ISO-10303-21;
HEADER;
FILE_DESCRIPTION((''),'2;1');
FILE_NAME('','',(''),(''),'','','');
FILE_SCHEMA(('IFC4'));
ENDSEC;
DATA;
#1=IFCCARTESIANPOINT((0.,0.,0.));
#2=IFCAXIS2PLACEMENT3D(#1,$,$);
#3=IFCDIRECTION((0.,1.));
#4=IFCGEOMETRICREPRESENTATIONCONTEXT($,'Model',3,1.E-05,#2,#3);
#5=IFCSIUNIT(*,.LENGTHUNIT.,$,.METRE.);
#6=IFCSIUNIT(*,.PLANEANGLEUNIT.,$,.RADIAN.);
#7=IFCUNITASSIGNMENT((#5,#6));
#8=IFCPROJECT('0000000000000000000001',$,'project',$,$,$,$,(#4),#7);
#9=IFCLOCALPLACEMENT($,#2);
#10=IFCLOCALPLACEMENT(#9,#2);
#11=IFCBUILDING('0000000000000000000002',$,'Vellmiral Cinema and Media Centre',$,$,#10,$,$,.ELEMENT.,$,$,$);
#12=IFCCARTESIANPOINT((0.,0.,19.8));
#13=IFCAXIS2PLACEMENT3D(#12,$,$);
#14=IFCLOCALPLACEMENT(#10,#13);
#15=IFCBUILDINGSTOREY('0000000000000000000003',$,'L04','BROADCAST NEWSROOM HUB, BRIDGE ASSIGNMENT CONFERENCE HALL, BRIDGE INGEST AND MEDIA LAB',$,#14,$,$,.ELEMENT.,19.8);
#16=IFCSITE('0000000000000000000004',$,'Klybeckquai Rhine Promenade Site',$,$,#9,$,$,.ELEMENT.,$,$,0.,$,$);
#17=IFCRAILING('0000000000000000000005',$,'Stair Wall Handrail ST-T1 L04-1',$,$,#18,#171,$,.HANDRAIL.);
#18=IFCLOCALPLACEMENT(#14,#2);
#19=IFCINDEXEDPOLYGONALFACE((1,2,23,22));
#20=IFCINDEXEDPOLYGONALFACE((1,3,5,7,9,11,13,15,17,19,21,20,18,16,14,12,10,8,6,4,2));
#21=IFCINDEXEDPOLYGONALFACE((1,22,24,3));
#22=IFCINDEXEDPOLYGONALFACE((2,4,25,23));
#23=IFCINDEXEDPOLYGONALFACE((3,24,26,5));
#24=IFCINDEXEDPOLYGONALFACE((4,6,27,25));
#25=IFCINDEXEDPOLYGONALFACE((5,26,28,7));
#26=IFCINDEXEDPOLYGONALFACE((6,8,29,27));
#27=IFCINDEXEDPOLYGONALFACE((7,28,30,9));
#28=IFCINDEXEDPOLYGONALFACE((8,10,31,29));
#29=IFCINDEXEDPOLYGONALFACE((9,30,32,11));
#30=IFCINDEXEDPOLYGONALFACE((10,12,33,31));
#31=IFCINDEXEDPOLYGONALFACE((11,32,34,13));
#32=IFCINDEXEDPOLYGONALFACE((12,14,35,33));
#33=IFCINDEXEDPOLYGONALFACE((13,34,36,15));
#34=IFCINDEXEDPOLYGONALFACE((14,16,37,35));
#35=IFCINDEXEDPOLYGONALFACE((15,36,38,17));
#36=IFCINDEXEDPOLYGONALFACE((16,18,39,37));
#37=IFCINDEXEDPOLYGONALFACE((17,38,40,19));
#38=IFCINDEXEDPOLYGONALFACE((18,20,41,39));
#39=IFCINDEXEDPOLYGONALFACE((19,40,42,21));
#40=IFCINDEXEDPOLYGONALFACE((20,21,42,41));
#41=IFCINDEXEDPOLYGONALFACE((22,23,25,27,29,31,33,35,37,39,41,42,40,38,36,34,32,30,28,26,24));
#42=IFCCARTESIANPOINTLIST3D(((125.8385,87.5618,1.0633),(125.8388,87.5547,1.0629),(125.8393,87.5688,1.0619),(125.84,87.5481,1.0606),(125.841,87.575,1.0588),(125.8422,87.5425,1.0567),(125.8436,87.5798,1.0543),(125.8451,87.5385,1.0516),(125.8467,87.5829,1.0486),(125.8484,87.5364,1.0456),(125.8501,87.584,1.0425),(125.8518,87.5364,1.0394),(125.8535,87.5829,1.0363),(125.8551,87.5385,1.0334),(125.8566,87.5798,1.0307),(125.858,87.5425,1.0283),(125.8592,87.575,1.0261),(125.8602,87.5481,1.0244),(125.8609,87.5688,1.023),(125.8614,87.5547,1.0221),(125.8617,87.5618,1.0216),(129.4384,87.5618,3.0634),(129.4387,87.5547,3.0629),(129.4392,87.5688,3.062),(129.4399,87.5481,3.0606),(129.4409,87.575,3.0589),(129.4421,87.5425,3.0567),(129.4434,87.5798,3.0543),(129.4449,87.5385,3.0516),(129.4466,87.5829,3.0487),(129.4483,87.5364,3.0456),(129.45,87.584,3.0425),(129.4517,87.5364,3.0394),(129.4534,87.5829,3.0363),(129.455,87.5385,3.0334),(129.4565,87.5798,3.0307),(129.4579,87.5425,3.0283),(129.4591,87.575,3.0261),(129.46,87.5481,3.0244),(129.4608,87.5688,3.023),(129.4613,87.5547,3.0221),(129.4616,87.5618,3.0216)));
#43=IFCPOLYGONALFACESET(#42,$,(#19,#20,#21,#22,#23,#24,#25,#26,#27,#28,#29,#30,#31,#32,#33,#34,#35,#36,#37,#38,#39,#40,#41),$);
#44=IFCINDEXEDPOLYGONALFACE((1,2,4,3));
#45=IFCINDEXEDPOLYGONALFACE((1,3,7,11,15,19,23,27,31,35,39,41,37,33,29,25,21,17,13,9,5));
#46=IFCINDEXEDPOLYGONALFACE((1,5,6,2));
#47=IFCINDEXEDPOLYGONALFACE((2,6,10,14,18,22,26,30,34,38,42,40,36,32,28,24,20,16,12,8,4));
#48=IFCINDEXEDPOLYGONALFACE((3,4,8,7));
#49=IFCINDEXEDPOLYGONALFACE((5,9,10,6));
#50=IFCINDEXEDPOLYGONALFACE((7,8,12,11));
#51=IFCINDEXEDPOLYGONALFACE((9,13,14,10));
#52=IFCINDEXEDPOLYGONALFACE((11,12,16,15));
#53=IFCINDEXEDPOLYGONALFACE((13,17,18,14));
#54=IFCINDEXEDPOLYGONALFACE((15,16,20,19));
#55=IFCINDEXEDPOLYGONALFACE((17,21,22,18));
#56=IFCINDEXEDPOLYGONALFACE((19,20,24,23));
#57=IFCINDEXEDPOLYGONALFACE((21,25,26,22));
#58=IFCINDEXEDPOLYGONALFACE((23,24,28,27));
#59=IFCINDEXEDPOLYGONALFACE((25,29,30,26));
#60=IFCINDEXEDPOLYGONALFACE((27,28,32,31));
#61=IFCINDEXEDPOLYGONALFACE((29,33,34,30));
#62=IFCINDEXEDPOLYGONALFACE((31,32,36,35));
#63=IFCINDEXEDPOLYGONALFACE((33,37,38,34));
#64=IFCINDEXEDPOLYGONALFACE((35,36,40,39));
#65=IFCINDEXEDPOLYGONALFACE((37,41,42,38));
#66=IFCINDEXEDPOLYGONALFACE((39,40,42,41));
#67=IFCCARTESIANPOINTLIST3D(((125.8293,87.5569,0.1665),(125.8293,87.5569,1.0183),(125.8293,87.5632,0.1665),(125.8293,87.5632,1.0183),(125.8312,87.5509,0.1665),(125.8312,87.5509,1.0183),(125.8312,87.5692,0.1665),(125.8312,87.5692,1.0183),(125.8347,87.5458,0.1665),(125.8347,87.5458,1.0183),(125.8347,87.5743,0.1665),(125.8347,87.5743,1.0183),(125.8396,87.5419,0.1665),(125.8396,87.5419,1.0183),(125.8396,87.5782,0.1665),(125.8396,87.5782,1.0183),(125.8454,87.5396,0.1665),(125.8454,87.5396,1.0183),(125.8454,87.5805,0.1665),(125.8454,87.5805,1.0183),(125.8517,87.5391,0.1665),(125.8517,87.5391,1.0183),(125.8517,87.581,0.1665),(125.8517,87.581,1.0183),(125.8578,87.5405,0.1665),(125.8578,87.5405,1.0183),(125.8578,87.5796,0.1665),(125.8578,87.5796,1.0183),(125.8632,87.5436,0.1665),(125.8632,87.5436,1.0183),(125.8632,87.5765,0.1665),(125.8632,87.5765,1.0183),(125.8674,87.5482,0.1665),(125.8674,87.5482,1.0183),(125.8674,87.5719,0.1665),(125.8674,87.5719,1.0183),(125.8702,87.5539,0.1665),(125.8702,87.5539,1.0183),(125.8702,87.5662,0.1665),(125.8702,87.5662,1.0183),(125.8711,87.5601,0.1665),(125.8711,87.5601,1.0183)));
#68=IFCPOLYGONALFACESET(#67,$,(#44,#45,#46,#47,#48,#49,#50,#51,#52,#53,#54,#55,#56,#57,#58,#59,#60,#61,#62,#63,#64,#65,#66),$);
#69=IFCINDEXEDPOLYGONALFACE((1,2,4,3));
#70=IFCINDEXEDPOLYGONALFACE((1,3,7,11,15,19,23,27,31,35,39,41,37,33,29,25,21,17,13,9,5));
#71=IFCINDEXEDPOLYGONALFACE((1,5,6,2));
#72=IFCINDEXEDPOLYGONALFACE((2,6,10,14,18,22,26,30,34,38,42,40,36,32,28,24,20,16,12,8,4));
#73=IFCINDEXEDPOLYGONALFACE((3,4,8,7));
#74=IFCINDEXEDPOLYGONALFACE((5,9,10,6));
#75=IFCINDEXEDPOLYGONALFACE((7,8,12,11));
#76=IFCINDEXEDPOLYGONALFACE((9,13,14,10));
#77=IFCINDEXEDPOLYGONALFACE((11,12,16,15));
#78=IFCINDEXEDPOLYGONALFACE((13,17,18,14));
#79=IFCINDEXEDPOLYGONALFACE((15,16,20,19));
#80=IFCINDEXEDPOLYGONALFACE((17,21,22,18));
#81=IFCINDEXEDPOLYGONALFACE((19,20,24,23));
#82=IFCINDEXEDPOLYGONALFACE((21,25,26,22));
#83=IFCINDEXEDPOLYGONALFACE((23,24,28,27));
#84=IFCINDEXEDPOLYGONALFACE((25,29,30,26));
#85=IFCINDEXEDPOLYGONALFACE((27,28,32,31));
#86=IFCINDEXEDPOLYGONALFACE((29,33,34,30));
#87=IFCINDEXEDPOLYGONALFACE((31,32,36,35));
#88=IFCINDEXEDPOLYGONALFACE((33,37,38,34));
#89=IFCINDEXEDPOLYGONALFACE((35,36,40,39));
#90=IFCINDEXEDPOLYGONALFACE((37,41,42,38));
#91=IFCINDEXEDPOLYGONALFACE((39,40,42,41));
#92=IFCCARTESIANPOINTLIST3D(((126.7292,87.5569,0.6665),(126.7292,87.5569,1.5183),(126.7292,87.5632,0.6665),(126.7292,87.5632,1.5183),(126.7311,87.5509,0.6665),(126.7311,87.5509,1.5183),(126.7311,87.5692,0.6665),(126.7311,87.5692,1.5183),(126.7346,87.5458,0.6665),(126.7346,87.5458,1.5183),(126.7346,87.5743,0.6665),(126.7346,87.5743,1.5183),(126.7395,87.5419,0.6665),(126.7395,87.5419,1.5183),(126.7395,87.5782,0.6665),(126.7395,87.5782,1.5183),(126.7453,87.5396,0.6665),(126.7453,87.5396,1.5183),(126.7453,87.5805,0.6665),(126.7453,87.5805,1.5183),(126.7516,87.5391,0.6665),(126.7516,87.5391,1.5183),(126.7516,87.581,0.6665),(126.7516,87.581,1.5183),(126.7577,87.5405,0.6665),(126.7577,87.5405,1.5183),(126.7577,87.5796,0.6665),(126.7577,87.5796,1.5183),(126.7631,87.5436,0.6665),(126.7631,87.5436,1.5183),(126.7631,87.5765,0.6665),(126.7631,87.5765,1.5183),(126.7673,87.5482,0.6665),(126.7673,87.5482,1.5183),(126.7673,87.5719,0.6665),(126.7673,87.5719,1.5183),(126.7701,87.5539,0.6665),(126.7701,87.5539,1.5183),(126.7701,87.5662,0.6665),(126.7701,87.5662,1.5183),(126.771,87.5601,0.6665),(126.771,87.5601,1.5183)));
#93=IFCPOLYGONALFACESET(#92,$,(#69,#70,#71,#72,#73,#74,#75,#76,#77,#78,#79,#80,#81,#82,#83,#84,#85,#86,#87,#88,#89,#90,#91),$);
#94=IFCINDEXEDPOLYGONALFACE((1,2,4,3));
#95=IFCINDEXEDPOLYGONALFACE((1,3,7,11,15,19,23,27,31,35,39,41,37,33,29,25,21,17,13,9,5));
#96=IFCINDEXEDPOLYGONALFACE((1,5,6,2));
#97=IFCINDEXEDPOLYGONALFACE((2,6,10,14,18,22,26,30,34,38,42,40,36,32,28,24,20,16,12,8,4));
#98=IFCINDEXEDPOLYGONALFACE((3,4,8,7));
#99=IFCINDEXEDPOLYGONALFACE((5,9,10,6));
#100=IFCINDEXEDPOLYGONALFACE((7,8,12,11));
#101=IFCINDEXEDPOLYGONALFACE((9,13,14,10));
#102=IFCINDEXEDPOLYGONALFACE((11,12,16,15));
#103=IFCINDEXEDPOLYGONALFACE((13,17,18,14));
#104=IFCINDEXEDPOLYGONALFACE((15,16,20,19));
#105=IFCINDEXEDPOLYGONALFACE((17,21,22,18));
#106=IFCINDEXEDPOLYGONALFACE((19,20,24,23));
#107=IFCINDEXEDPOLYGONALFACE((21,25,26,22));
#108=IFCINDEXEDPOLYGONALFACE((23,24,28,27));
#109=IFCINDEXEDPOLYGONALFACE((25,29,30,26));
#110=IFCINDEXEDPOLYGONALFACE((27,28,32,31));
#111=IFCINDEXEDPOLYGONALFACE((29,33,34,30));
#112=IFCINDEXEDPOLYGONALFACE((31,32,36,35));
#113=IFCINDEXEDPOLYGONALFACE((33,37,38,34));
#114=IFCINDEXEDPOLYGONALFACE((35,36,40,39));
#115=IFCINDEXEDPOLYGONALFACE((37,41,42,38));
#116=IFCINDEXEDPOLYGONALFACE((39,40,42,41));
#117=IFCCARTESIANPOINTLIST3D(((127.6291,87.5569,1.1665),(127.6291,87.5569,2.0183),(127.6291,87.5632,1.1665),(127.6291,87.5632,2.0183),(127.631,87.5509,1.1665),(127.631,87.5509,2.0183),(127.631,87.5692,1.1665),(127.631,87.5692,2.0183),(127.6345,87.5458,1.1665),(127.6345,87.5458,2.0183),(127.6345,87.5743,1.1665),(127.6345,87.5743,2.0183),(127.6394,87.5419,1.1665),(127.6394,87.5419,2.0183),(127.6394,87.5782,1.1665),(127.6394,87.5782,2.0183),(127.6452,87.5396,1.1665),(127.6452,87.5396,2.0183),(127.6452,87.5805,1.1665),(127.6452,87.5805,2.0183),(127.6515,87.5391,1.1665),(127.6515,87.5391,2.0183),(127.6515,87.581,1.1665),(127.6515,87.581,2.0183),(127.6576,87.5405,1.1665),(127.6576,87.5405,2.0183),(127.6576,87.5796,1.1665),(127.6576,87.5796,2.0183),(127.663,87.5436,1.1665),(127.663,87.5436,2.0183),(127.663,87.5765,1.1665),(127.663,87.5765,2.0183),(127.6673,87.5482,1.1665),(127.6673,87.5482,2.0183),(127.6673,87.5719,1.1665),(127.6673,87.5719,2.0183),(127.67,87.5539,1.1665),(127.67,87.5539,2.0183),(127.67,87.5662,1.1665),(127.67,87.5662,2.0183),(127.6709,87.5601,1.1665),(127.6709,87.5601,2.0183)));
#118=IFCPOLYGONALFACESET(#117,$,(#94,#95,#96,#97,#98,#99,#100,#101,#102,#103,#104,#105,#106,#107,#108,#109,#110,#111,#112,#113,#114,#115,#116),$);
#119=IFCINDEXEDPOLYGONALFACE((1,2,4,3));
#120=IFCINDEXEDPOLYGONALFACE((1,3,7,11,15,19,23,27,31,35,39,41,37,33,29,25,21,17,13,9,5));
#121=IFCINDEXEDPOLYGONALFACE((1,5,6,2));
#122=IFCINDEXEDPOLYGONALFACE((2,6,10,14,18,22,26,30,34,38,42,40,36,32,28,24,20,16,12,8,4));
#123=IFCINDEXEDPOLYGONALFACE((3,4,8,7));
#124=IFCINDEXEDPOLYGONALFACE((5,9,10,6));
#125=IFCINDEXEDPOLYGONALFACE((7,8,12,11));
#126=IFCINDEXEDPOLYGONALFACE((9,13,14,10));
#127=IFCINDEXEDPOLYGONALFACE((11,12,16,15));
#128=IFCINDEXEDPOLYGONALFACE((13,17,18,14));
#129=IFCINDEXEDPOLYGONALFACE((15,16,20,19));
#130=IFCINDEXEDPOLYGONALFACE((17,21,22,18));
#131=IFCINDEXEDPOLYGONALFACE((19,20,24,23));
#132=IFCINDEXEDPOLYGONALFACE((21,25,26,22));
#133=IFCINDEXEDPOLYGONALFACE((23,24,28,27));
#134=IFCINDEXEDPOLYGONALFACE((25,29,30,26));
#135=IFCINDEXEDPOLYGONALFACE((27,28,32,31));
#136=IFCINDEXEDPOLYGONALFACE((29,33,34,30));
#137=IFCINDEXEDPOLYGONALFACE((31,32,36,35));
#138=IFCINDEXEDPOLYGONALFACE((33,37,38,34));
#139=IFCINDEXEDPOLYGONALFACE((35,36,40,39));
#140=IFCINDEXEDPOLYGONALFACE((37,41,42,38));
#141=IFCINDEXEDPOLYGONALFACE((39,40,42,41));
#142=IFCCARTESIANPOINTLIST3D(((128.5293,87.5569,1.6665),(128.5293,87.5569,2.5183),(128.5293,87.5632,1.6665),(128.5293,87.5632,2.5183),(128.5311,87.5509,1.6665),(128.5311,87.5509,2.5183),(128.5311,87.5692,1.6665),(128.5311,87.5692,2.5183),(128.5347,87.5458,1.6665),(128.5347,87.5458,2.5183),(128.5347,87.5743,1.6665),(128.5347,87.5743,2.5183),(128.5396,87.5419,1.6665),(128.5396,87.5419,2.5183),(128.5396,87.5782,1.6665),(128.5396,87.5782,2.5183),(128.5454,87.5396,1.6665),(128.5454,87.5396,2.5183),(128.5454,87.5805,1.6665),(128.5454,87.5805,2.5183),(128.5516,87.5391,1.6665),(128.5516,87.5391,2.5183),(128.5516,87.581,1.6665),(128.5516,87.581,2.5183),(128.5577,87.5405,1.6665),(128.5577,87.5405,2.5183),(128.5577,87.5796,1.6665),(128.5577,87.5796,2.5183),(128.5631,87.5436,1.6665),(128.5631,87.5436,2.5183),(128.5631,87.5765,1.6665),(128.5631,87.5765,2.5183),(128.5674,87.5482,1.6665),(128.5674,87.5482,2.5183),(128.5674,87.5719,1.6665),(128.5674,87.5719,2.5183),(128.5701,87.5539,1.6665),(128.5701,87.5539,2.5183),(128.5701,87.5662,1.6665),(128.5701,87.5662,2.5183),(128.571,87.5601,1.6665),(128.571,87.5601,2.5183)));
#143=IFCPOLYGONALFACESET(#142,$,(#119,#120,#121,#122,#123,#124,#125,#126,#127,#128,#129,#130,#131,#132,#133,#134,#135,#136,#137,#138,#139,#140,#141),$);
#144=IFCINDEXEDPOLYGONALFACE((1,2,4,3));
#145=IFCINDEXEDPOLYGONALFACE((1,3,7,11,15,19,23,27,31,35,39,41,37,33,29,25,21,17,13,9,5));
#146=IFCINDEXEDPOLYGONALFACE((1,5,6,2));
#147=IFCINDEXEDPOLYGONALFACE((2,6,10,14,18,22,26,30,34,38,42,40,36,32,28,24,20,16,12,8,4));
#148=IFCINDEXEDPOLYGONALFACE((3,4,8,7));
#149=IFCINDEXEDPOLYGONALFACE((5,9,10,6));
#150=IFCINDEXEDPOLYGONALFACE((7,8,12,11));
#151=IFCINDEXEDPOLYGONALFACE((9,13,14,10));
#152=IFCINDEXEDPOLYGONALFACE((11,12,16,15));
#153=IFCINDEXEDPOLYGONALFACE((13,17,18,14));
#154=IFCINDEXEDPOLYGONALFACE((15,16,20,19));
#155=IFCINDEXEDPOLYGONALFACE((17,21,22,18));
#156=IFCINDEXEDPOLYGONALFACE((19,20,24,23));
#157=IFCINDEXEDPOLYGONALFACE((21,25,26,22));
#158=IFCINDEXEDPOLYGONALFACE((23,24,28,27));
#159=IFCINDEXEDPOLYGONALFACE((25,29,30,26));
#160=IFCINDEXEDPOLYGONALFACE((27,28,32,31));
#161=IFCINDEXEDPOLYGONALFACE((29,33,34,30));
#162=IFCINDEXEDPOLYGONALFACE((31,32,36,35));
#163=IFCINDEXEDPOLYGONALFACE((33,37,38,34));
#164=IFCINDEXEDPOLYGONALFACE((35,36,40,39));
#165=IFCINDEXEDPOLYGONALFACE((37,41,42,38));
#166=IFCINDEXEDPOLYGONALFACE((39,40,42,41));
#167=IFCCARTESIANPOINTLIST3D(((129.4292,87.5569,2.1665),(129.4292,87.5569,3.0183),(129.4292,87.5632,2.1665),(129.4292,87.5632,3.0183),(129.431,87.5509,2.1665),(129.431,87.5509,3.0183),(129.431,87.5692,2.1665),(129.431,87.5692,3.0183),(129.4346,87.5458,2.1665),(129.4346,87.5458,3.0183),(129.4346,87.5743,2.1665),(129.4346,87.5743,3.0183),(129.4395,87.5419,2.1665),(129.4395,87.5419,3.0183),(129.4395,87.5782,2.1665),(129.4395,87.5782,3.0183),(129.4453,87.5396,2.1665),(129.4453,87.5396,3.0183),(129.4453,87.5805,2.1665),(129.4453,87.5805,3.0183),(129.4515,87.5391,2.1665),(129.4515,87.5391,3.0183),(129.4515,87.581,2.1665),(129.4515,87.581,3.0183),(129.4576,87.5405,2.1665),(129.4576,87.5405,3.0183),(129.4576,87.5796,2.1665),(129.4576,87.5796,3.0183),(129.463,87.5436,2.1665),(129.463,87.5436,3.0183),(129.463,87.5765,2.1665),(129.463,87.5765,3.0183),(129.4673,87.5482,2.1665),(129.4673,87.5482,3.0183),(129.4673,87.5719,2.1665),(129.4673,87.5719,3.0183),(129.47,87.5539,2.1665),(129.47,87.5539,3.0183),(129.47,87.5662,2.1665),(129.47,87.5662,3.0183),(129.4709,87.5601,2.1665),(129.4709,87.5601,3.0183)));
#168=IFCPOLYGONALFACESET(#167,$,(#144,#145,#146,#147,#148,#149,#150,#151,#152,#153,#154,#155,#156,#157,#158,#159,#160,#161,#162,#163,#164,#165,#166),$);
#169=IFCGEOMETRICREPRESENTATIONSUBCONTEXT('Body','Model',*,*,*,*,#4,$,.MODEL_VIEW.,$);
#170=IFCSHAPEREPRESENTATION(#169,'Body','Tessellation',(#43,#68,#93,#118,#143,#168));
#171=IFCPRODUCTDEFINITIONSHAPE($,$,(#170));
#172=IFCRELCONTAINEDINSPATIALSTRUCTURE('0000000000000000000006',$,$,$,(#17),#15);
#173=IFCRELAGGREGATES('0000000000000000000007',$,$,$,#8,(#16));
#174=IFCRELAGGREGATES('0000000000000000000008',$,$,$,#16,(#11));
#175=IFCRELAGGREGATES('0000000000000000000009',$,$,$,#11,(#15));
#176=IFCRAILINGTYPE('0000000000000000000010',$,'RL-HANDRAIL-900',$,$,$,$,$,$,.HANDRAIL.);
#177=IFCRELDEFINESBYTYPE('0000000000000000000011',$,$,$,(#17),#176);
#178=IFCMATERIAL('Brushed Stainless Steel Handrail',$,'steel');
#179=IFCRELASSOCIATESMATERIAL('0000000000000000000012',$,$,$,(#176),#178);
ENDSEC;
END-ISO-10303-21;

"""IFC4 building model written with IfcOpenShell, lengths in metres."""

from ifc_helpers import new_model, si_unit, direction, frame, origin, origin_2d, place, context, subcontext, project, spatial, circle, extrude, material, type_object, element, save


model = new_model("IFC4")

# Units and contexts
model_context = context("Model", 3, precision=1e-05, world=origin(), true_north=direction((0.0, 1.0)))
body_context = subcontext(model_context, "Body", "Model", "MODEL_VIEW")
ifc_project = project(units=[si_unit("LENGTHUNIT", "METRE"), si_unit("PLANEANGLEUNIT", "RADIAN")], contexts=[model_context])

# Site, building, storey
site_placement = place(None, origin())
site = spatial("IfcSite", under=ifc_project, at=site_placement, Name="Klybeckquai Rhine Promenade Site", CompositionType="ELEMENT", RefElevation=0.0)
building_placement = place(site_placement, origin())
building = spatial("IfcBuilding", under=site, at=building_placement, Name="Vellmiral Cinema and Media Centre", CompositionType="ELEMENT")
storey_placement = place(building_placement, frame((0.0, 0.0, 19.8)))
storey = spatial("IfcBuildingStorey", under=building, at=storey_placement, Name="L04", Description="BROADCAST NEWSROOM HUB, BRIDGE ASSIGNMENT CONFERENCE HALL, BRIDGE INGEST AND MEDIA LAB", CompositionType="ELEMENT", Elevation=19.8)

# Railing
ifc_material_1 = material(Name="Brushed Stainless Steel Handrail", Category="steel")
railing_type_1 = type_object("IfcRailingType", Name="RL-HANDRAIL-900", PredefinedType="HANDRAIL", material=ifc_material_1)
railing_1_placement = place(storey_placement, frame((125.8501, 87.5601, 0.1665)))
element("IfcRailing", 1, at=railing_1_placement, inside=storey, type_object=railing_type_1, Name="Stair Wall Handrail ST-T1 L04-1", PredefinedType="HANDRAIL", context=body_context, shape_type="SweptSolid", body=[
    extrude(circle(Radius=0.0239, at=origin_2d()), frame((0.0, 0.0, 0.876), z_axis=(0.874149, 0.0, 0.485658), x_axis=(0.0, 1.0, 0.0)), (0.0, 0.0, 1.0), 4.1182),
    extrude(circle(Radius=0.021, at=origin_2d()), origin(), (0.0, 0.0, 1.0), 0.8518),
    extrude(circle(Radius=0.021, at=origin_2d()), frame((0.8999, 0.0, 0.5)), (0.0, 0.0, 1.0), 0.8518),
    extrude(circle(Radius=0.021, at=origin_2d()), frame((1.7998, 0.0, 1.0)), (0.0, 0.0, 1.0), 0.8518),
    extrude(circle(Radius=0.021, at=origin_2d()), frame((2.7, 0.0, 1.5)), (0.0, 0.0, 1.0), 0.8518),
    extrude(circle(Radius=0.021, at=origin_2d()), frame((3.5999, 0.0, 2.0)), (0.0, 0.0, 1.0), 0.8518),
])

save(model, "model.ifc")
